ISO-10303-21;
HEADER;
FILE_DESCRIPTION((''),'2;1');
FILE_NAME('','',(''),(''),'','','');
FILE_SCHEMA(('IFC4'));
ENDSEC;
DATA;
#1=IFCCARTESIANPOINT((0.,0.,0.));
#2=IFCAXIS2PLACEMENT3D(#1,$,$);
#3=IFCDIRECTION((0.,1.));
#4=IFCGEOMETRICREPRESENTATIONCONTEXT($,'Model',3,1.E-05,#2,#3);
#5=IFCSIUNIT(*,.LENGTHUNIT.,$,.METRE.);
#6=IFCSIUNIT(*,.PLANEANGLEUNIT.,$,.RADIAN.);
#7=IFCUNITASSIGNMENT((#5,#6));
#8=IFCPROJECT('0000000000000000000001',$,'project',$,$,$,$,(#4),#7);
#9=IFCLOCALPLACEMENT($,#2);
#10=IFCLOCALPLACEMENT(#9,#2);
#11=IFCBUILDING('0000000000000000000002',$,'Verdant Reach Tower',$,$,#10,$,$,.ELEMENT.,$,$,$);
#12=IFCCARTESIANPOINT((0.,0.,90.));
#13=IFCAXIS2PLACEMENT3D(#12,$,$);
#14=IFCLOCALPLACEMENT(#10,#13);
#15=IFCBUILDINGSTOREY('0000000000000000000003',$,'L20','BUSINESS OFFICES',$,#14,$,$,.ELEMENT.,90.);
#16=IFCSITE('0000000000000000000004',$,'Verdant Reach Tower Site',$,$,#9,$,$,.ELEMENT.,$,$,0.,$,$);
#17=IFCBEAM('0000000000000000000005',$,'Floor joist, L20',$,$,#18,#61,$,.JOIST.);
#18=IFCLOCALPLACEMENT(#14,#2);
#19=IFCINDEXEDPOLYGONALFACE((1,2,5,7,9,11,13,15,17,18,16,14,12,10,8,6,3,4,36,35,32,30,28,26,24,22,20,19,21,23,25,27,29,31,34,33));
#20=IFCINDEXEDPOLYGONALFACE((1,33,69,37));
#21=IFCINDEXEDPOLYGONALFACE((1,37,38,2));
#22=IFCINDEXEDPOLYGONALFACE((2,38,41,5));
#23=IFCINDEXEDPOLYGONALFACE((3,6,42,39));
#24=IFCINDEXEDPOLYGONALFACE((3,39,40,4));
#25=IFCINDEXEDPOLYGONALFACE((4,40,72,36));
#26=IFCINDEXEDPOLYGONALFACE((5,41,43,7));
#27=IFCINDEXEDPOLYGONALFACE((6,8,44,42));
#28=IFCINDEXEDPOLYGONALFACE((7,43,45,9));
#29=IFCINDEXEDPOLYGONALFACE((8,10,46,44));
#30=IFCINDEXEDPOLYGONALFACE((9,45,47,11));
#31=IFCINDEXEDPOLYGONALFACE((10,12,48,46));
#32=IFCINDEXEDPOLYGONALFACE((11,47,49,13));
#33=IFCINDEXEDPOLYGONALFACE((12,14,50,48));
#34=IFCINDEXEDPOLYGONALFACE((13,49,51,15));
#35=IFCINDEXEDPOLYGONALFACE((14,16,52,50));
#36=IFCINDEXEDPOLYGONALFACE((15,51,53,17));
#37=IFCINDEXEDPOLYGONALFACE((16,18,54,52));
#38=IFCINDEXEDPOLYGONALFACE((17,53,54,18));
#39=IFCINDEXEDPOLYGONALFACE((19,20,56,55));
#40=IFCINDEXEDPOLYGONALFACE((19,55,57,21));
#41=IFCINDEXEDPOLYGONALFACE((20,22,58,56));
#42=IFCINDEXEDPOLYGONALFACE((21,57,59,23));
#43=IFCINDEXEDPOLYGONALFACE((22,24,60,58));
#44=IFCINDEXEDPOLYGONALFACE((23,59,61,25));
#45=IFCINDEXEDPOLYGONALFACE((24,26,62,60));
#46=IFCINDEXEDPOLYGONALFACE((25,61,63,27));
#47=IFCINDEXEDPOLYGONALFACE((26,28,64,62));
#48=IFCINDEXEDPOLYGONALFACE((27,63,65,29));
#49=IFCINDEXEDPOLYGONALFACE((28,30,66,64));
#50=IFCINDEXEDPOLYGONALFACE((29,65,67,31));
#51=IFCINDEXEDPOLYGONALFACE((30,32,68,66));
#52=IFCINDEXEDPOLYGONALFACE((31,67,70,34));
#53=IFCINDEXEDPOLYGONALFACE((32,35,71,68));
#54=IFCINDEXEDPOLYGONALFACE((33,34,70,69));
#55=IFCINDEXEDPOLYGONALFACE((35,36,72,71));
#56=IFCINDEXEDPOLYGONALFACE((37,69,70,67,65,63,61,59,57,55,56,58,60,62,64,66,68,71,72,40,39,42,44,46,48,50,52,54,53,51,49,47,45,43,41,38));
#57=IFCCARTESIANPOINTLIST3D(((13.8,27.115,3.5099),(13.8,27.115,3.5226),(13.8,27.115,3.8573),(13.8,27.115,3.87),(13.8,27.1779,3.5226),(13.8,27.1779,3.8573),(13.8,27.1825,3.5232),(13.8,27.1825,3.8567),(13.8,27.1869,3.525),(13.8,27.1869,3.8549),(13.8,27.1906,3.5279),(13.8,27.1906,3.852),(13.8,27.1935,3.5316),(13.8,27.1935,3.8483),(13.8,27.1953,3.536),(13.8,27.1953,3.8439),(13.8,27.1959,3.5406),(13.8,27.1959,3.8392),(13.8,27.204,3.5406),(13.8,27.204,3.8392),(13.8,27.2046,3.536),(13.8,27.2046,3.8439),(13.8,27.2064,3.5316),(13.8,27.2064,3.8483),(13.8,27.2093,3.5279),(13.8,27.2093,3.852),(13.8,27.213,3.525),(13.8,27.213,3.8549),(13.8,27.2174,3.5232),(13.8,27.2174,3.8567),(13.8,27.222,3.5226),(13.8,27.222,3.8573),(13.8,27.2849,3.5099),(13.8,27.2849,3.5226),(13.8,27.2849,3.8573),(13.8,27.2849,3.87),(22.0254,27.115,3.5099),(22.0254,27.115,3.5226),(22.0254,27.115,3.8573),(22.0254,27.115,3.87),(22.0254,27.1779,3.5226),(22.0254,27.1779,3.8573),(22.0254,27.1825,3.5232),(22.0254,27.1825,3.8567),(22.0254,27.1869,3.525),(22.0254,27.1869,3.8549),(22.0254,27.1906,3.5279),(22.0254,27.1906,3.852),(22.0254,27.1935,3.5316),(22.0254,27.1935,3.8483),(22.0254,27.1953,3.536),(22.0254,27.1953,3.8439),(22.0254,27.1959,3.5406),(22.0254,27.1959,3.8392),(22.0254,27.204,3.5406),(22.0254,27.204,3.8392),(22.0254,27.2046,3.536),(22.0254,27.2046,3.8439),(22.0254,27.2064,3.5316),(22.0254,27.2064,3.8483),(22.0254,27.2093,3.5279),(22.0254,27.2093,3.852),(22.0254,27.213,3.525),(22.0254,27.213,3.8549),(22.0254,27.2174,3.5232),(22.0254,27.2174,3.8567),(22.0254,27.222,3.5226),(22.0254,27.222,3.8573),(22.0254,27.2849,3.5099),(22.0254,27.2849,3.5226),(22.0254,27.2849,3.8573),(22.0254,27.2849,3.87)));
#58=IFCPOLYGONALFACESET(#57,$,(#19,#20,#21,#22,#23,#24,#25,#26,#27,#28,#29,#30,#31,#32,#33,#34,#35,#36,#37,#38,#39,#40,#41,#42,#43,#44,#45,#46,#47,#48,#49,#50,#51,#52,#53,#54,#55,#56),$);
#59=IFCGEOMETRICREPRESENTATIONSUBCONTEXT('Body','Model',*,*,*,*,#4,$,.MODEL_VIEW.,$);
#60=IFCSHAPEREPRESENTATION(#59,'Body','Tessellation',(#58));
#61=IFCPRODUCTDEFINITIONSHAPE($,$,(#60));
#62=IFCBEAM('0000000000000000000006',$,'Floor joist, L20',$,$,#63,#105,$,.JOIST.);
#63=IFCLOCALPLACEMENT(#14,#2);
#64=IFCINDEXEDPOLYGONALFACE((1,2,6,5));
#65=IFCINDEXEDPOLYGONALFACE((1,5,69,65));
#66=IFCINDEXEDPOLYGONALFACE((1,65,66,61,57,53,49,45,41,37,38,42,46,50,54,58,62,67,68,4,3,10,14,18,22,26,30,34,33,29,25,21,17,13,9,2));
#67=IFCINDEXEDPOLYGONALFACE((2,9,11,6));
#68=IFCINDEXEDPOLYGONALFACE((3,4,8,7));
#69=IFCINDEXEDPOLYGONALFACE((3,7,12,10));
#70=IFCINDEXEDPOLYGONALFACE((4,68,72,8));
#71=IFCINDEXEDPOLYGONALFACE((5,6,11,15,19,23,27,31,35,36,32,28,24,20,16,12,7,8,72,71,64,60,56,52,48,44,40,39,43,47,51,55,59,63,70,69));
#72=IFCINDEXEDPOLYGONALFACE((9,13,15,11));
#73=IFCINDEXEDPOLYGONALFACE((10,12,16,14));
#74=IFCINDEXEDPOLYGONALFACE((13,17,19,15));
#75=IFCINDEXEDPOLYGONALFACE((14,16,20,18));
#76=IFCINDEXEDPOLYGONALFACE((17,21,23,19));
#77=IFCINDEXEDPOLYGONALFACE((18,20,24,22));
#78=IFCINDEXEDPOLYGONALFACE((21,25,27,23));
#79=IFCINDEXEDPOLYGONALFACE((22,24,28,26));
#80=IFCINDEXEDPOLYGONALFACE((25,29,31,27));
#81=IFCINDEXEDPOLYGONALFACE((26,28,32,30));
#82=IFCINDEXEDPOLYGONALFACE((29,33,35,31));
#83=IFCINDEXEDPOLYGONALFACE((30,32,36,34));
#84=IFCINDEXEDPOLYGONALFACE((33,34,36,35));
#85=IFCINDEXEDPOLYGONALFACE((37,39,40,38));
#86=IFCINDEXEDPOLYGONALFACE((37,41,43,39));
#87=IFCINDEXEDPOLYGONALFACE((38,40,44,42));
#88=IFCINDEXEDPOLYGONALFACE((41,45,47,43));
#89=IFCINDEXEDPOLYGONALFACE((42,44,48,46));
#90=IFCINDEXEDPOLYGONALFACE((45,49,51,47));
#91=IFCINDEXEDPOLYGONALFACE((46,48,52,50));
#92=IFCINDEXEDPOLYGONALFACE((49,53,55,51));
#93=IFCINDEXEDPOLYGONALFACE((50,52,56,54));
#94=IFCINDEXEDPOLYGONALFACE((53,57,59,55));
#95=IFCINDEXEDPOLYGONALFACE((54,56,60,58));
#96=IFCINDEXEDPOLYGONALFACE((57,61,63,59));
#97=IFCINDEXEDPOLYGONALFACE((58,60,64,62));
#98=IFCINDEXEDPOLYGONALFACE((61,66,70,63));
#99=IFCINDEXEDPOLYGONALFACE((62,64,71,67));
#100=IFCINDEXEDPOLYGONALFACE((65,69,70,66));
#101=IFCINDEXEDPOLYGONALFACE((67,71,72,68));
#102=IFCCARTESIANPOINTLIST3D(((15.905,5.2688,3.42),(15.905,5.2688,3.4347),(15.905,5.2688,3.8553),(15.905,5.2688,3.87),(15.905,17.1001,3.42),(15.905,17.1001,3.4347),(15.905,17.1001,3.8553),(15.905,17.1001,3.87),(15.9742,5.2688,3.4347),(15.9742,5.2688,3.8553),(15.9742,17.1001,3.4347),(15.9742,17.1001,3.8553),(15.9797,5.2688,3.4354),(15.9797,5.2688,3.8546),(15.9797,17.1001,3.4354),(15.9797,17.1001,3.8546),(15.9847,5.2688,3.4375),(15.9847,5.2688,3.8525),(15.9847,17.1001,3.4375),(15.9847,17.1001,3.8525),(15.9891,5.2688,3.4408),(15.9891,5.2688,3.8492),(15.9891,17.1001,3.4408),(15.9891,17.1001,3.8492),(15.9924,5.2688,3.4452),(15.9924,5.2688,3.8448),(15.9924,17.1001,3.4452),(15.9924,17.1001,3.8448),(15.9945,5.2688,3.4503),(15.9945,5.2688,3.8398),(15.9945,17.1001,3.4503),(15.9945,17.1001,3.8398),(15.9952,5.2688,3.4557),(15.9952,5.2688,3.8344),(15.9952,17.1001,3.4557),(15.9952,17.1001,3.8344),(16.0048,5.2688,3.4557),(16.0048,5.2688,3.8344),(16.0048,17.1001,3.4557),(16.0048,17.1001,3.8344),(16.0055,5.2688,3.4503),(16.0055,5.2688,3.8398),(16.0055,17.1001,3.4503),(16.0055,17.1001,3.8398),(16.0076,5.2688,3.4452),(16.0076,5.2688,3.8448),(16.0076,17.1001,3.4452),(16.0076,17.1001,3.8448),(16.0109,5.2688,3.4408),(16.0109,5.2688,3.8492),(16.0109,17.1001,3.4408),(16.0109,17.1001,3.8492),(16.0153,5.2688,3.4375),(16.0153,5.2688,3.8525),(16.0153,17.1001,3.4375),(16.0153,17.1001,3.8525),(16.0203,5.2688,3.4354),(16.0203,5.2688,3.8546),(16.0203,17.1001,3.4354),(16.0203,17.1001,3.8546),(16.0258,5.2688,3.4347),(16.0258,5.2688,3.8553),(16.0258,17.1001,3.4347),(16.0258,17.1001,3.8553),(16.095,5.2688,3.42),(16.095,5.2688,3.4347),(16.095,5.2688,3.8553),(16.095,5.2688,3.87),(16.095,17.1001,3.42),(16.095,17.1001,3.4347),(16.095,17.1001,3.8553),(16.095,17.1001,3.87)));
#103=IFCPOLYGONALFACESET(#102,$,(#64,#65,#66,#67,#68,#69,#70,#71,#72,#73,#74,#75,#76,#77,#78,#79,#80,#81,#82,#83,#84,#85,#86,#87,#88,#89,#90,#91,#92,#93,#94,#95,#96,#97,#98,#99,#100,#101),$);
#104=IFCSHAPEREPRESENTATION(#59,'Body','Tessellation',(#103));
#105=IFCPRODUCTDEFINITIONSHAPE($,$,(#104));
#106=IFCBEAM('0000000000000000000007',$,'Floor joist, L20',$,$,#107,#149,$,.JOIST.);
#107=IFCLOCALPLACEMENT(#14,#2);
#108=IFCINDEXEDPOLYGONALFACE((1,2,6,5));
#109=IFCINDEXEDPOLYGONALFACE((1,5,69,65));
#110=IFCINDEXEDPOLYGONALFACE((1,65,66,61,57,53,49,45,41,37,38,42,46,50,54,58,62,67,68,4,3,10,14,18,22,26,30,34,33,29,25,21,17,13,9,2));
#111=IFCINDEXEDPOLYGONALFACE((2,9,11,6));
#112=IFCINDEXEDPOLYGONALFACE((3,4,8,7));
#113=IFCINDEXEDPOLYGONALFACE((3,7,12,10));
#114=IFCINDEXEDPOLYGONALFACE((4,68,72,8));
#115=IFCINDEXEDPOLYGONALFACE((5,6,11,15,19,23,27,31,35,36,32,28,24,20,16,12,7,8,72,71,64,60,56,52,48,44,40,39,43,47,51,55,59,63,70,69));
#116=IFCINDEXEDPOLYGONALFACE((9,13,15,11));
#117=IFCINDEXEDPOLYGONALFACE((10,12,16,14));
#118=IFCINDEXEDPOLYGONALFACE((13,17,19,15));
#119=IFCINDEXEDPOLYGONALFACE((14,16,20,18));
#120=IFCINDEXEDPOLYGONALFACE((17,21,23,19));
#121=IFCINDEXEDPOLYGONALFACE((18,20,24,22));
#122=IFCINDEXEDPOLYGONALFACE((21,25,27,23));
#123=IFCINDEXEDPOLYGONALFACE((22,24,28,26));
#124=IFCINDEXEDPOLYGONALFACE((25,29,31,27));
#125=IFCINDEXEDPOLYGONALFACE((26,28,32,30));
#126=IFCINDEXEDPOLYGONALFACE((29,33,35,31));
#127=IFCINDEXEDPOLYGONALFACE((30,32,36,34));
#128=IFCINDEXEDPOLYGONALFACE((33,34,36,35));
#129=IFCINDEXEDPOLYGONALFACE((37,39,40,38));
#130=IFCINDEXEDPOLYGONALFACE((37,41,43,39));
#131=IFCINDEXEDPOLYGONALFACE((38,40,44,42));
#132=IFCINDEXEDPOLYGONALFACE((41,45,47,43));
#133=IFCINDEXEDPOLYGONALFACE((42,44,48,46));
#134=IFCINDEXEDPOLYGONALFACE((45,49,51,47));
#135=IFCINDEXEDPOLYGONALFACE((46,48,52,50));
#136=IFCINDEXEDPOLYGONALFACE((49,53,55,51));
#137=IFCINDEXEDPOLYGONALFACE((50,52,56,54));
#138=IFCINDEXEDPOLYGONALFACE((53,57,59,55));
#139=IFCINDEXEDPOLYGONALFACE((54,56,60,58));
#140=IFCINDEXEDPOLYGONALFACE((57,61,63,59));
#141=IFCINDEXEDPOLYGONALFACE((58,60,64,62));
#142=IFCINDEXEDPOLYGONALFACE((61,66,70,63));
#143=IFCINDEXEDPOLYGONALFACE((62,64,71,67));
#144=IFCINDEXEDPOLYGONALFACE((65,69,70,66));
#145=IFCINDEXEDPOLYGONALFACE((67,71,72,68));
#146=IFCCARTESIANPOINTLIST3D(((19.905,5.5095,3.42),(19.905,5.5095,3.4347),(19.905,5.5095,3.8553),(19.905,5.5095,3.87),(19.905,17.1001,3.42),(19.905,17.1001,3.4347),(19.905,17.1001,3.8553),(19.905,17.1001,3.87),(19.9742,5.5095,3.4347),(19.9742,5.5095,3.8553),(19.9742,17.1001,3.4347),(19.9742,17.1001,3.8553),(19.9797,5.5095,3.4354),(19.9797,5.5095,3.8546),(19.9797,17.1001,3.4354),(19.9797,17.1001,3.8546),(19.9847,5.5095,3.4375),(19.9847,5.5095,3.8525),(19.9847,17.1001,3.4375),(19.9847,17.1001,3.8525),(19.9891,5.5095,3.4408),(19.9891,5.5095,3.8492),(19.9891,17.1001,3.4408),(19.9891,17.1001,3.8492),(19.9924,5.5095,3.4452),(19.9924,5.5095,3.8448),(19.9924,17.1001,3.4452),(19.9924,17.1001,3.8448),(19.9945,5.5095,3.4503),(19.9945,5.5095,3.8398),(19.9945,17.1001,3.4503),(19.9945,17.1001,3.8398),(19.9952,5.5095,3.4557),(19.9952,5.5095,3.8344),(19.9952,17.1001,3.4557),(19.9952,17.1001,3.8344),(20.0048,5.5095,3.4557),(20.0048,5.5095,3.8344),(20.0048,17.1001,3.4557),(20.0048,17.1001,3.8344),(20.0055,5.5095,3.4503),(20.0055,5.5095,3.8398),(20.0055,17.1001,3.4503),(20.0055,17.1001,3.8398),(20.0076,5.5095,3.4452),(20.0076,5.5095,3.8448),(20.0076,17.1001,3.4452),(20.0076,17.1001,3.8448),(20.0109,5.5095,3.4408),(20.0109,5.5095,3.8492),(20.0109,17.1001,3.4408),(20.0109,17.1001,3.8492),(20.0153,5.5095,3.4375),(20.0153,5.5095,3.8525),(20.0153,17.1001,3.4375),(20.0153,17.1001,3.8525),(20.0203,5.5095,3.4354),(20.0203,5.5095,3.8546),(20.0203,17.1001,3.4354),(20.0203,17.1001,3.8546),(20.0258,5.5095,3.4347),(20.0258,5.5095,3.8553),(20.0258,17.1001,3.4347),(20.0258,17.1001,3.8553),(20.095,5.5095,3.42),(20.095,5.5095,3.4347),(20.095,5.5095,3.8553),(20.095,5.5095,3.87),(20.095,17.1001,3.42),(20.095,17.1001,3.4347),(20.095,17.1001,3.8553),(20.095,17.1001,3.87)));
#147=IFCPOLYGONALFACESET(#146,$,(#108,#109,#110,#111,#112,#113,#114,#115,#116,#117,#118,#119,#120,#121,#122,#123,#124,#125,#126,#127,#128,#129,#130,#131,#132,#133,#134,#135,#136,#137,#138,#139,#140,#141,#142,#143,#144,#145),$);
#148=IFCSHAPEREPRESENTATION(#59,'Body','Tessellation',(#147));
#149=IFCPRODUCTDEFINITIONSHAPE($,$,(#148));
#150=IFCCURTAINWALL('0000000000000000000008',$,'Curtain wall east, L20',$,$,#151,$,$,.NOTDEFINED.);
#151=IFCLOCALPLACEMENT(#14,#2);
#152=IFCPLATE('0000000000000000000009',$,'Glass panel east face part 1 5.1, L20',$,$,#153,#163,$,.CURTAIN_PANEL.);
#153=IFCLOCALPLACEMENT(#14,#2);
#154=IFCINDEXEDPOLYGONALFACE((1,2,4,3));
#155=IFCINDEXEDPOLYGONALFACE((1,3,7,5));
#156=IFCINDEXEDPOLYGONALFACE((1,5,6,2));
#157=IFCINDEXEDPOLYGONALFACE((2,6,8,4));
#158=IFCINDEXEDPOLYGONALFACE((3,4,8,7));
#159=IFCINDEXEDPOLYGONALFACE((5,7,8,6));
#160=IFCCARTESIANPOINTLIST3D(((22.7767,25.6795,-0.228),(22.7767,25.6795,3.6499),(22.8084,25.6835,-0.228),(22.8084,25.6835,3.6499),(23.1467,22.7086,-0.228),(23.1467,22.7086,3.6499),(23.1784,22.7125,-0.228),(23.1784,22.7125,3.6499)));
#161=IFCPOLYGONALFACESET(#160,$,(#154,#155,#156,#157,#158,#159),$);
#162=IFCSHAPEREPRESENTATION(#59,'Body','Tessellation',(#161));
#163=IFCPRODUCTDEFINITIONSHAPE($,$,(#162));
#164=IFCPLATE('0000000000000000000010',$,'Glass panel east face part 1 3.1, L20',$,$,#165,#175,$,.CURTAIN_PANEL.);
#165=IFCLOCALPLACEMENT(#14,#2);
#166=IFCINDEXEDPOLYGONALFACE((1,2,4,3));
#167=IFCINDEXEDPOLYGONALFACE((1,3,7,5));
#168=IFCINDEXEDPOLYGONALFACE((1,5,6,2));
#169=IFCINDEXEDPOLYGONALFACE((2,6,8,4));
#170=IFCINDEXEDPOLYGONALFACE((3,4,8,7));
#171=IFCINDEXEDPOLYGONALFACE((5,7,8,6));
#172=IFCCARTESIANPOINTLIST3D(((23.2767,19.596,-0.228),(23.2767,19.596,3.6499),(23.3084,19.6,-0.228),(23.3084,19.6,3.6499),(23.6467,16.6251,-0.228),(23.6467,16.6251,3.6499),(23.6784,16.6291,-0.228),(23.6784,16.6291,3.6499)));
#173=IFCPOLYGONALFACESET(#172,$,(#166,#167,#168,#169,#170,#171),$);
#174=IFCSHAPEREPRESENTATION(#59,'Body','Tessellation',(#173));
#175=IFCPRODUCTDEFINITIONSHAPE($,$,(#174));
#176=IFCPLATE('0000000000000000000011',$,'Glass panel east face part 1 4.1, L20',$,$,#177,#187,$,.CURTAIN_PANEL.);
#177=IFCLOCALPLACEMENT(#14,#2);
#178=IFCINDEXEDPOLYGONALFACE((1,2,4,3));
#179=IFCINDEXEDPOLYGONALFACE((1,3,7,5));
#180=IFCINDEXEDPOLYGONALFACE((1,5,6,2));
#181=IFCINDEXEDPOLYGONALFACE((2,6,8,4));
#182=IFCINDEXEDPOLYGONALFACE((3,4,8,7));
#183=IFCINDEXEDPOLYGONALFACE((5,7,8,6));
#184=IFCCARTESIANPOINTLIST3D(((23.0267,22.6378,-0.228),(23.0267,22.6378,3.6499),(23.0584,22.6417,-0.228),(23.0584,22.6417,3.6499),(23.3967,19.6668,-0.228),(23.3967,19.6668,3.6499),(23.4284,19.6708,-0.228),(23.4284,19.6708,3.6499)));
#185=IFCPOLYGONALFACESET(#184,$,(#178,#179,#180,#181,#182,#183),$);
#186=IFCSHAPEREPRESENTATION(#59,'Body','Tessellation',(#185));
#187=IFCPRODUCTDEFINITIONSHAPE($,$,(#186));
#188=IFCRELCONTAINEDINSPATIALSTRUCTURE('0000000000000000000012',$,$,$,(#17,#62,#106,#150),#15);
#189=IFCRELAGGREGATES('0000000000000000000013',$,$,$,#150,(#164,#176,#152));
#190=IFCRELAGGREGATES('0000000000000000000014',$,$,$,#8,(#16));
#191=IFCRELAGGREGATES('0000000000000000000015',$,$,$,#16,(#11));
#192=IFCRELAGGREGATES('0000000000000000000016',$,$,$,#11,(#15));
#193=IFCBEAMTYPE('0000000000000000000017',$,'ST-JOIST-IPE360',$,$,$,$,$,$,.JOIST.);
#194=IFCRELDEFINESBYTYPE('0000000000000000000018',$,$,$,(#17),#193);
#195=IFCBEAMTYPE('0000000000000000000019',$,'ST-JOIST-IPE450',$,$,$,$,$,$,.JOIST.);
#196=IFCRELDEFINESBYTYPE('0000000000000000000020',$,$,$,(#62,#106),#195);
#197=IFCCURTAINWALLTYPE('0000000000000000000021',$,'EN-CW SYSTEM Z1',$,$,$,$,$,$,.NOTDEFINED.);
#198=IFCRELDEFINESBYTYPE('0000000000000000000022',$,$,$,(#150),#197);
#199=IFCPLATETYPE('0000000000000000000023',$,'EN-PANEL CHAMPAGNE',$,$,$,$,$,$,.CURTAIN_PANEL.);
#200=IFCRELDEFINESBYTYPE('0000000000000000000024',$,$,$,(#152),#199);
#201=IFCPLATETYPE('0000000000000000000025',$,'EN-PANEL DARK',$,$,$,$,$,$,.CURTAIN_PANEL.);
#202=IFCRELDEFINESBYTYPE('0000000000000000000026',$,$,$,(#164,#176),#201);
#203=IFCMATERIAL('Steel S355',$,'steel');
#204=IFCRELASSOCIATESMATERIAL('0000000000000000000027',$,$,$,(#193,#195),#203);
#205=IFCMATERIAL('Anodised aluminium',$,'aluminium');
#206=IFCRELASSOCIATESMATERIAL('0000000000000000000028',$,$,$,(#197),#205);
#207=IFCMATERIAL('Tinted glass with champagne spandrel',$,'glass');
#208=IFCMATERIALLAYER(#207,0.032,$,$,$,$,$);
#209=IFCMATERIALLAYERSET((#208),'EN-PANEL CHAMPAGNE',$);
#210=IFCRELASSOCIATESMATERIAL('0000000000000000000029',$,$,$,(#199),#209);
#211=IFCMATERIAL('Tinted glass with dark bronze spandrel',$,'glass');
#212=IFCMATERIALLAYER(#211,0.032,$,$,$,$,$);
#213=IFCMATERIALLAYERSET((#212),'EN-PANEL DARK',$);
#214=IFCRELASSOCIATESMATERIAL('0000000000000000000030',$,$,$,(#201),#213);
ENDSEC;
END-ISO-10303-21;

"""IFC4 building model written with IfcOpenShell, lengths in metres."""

from ifc_helpers import new_model, si_unit, direction, frame, origin, origin_2d, place, context, subcontext, project, spatial, rectangle, i_section, extrude, material, layer, layer_set, material_profile, profile_set, type_object, element, aggregate, save


model = new_model("IFC4")

# Units and contexts
model_context = context("Model", 3, precision=1e-05, world=origin(), true_north=direction((0.0, 1.0)))
body_context = subcontext(model_context, "Body", "Model", "MODEL_VIEW")
ifc_project = project(units=[si_unit("LENGTHUNIT", "METRE"), si_unit("PLANEANGLEUNIT", "RADIAN")], contexts=[model_context])

# Site, building, storey
site_placement = place(None, origin())
site = spatial("IfcSite", under=ifc_project, at=site_placement, Name="Verdant Reach Tower Site", CompositionType="ELEMENT", RefElevation=0.0)
building_placement = place(site_placement, origin())
building = spatial("IfcBuilding", under=site, at=building_placement, Name="Verdant Reach Tower", CompositionType="ELEMENT")
storey_placement = place(building_placement, frame((0.0, 0.0, 90.0)))
storey = spatial("IfcBuildingStorey", under=building, at=storey_placement, Name="L20", Description="BUSINESS OFFICES", CompositionType="ELEMENT", Elevation=90.0)

# Beams
ifc_material_1 = material(Name="Steel S355", Category="steel")
ifc_material_profile_1 = material_profile(ifc_material_1, i_section(OverallWidth=0.1699, OverallDepth=0.3601, WebThickness=0.0081, FlangeThickness=0.0127, FilletRadius=0.0181, at=origin_2d()), Name="IPE 360")
ifc_profile_set_1 = profile_set([ifc_material_profile_1], Name="Steel S355")
beam_type_1 = type_object("IfcBeamType", Name="ST-JOIST-IPE360", PredefinedType="JOIST", material=ifc_profile_set_1)
beam_1_placement = place(storey_placement, frame((13.8, 27.2, 3.6899), z_axis=(1.0, 0.0, 0.0), x_axis=(0.0, 1.0, 0.0)))
element("IfcBeam", 1, at=beam_1_placement, inside=storey, type_object=beam_type_1, Name="Floor joist, L20", PredefinedType="JOIST", context=body_context, shape_type="SweptSolid", body=[
    extrude(i_section(OverallWidth=0.1699, OverallDepth=0.3601, WebThickness=0.0081, FlangeThickness=0.0127, FilletRadius=0.0181, at=origin_2d()), origin(), (0.0, 0.0, 1.0), 8.2253),
])
ifc_material_profile_2 = material_profile(ifc_material_1, i_section(OverallWidth=0.1899, OverallDepth=0.45, WebThickness=0.0095, FlangeThickness=0.0146, FilletRadius=0.021, at=origin_2d()), Name="IPE 450")
ifc_profile_set_2 = profile_set([ifc_material_profile_2], Name="Steel S355")
beam_type_2 = type_object("IfcBeamType", Name="ST-JOIST-IPE450", PredefinedType="JOIST", material=ifc_profile_set_2)
beam_2_placement = place(storey_placement, frame((16.0, 17.1001, 3.645), z_axis=(0.0, -1.0, 0.0), x_axis=(1.0, 0.0, 0.0)))
element("IfcBeam", 2, at=beam_2_placement, inside=storey, type_object=beam_type_2, Name="Floor joist, L20", PredefinedType="JOIST", context=body_context, shape_type="SweptSolid", body=[
    extrude(i_section(OverallWidth=0.1899, OverallDepth=0.45, WebThickness=0.0095, FlangeThickness=0.0146, FilletRadius=0.021, at=origin_2d()), origin(), (0.0, 0.0, 1.0), 11.8313),
])
beam_3_placement = place(storey_placement, frame((20.0, 17.1001, 3.645), z_axis=(0.0, -1.0, 0.0), x_axis=(1.0, 0.0, 0.0)))
element("IfcBeam", 3, at=beam_3_placement, inside=storey, type_object=beam_type_2, Name="Floor joist, L20", PredefinedType="JOIST", context=body_context, shape_type="SweptSolid", body=[
    extrude(i_section(OverallWidth=0.1899, OverallDepth=0.45, WebThickness=0.0095, FlangeThickness=0.0146, FilletRadius=0.021, at=origin_2d()), origin(), (0.0, 0.0, 1.0), 11.5906),
])

# Curtain wall, plates
ifc_material_2 = material(Name="Anodised aluminium", Category="aluminium")
curtain_wall_type = type_object("IfcCurtainWallType", Name="EN-CW SYSTEM Z1", PredefinedType="NOTDEFINED", material=ifc_material_2)
curtain_wall_placement = place(storey_placement, origin())
curtain_wall = element("IfcCurtainWall", 4, at=curtain_wall_placement, inside=storey, type_object=curtain_wall_type, Name="Curtain wall east, L20", PredefinedType="NOTDEFINED")
ifc_material_3 = material(Name="Tinted glass with champagne spandrel", Category="glass")
ifc_layer_1 = layer(ifc_material_3, 0.032)
ifc_layer_set_1 = layer_set([ifc_layer_1], Name="EN-PANEL CHAMPAGNE")
plate_type_1 = type_object("IfcPlateType", Name="EN-PANEL CHAMPAGNE", PredefinedType="CURTAIN_PANEL", material=ifc_layer_set_1)
plate_1_placement = place(storey_placement, frame((22.9775, 24.196, -0.228), z_axis=(0.0, 0.0, 1.0), x_axis=(-0.123579, 0.992335, 0.0)))
plate_1 = element("IfcPlate", 5, at=plate_1_placement, type_object=plate_type_1, Name="Glass panel east face part 1 5.1, L20", PredefinedType="CURTAIN_PANEL", context=body_context, shape_type="SweptSolid", body=[
    extrude(rectangle(XDim=2.9939, YDim=0.032, at=origin_2d()), origin(), (0.0, 0.0, 1.0), 3.8779),
])
ifc_material_4 = material(Name="Tinted glass with dark bronze spandrel", Category="glass")
ifc_layer_2 = layer(ifc_material_4, 0.032)
ifc_layer_set_2 = layer_set([ifc_layer_2], Name="EN-PANEL DARK")
plate_type_2 = type_object("IfcPlateType", Name="EN-PANEL DARK", PredefinedType="CURTAIN_PANEL", material=ifc_layer_set_2)
plate_2_placement = place(storey_placement, frame((23.4775, 18.1125, -0.228), z_axis=(0.0, 0.0, 1.0), x_axis=(-0.123579, 0.992335, 0.0)))
plate_2 = element("IfcPlate", 6, at=plate_2_placement, type_object=plate_type_2, Name="Glass panel east face part 1 3.1, L20", PredefinedType="CURTAIN_PANEL", context=body_context, shape_type="SweptSolid", body=[
    extrude(rectangle(XDim=2.9939, YDim=0.032, at=origin_2d()), origin(), (0.0, 0.0, 1.0), 3.8779),
])
plate_3_placement = place(storey_placement, frame((23.2275, 21.1543, -0.228), z_axis=(0.0, 0.0, 1.0), x_axis=(-0.123579, 0.992335, 0.0)))
plate_3 = element("IfcPlate", 7, at=plate_3_placement, type_object=plate_type_2, Name="Glass panel east face part 1 4.1, L20", PredefinedType="CURTAIN_PANEL", context=body_context, shape_type="SweptSolid", body=[
    extrude(rectangle(XDim=2.9939, YDim=0.032, at=origin_2d()), origin(), (0.0, 0.0, 1.0), 3.8779),
])
aggregate(curtain_wall, [plate_2, plate_3, plate_1])

save(model, "model.ifc")
